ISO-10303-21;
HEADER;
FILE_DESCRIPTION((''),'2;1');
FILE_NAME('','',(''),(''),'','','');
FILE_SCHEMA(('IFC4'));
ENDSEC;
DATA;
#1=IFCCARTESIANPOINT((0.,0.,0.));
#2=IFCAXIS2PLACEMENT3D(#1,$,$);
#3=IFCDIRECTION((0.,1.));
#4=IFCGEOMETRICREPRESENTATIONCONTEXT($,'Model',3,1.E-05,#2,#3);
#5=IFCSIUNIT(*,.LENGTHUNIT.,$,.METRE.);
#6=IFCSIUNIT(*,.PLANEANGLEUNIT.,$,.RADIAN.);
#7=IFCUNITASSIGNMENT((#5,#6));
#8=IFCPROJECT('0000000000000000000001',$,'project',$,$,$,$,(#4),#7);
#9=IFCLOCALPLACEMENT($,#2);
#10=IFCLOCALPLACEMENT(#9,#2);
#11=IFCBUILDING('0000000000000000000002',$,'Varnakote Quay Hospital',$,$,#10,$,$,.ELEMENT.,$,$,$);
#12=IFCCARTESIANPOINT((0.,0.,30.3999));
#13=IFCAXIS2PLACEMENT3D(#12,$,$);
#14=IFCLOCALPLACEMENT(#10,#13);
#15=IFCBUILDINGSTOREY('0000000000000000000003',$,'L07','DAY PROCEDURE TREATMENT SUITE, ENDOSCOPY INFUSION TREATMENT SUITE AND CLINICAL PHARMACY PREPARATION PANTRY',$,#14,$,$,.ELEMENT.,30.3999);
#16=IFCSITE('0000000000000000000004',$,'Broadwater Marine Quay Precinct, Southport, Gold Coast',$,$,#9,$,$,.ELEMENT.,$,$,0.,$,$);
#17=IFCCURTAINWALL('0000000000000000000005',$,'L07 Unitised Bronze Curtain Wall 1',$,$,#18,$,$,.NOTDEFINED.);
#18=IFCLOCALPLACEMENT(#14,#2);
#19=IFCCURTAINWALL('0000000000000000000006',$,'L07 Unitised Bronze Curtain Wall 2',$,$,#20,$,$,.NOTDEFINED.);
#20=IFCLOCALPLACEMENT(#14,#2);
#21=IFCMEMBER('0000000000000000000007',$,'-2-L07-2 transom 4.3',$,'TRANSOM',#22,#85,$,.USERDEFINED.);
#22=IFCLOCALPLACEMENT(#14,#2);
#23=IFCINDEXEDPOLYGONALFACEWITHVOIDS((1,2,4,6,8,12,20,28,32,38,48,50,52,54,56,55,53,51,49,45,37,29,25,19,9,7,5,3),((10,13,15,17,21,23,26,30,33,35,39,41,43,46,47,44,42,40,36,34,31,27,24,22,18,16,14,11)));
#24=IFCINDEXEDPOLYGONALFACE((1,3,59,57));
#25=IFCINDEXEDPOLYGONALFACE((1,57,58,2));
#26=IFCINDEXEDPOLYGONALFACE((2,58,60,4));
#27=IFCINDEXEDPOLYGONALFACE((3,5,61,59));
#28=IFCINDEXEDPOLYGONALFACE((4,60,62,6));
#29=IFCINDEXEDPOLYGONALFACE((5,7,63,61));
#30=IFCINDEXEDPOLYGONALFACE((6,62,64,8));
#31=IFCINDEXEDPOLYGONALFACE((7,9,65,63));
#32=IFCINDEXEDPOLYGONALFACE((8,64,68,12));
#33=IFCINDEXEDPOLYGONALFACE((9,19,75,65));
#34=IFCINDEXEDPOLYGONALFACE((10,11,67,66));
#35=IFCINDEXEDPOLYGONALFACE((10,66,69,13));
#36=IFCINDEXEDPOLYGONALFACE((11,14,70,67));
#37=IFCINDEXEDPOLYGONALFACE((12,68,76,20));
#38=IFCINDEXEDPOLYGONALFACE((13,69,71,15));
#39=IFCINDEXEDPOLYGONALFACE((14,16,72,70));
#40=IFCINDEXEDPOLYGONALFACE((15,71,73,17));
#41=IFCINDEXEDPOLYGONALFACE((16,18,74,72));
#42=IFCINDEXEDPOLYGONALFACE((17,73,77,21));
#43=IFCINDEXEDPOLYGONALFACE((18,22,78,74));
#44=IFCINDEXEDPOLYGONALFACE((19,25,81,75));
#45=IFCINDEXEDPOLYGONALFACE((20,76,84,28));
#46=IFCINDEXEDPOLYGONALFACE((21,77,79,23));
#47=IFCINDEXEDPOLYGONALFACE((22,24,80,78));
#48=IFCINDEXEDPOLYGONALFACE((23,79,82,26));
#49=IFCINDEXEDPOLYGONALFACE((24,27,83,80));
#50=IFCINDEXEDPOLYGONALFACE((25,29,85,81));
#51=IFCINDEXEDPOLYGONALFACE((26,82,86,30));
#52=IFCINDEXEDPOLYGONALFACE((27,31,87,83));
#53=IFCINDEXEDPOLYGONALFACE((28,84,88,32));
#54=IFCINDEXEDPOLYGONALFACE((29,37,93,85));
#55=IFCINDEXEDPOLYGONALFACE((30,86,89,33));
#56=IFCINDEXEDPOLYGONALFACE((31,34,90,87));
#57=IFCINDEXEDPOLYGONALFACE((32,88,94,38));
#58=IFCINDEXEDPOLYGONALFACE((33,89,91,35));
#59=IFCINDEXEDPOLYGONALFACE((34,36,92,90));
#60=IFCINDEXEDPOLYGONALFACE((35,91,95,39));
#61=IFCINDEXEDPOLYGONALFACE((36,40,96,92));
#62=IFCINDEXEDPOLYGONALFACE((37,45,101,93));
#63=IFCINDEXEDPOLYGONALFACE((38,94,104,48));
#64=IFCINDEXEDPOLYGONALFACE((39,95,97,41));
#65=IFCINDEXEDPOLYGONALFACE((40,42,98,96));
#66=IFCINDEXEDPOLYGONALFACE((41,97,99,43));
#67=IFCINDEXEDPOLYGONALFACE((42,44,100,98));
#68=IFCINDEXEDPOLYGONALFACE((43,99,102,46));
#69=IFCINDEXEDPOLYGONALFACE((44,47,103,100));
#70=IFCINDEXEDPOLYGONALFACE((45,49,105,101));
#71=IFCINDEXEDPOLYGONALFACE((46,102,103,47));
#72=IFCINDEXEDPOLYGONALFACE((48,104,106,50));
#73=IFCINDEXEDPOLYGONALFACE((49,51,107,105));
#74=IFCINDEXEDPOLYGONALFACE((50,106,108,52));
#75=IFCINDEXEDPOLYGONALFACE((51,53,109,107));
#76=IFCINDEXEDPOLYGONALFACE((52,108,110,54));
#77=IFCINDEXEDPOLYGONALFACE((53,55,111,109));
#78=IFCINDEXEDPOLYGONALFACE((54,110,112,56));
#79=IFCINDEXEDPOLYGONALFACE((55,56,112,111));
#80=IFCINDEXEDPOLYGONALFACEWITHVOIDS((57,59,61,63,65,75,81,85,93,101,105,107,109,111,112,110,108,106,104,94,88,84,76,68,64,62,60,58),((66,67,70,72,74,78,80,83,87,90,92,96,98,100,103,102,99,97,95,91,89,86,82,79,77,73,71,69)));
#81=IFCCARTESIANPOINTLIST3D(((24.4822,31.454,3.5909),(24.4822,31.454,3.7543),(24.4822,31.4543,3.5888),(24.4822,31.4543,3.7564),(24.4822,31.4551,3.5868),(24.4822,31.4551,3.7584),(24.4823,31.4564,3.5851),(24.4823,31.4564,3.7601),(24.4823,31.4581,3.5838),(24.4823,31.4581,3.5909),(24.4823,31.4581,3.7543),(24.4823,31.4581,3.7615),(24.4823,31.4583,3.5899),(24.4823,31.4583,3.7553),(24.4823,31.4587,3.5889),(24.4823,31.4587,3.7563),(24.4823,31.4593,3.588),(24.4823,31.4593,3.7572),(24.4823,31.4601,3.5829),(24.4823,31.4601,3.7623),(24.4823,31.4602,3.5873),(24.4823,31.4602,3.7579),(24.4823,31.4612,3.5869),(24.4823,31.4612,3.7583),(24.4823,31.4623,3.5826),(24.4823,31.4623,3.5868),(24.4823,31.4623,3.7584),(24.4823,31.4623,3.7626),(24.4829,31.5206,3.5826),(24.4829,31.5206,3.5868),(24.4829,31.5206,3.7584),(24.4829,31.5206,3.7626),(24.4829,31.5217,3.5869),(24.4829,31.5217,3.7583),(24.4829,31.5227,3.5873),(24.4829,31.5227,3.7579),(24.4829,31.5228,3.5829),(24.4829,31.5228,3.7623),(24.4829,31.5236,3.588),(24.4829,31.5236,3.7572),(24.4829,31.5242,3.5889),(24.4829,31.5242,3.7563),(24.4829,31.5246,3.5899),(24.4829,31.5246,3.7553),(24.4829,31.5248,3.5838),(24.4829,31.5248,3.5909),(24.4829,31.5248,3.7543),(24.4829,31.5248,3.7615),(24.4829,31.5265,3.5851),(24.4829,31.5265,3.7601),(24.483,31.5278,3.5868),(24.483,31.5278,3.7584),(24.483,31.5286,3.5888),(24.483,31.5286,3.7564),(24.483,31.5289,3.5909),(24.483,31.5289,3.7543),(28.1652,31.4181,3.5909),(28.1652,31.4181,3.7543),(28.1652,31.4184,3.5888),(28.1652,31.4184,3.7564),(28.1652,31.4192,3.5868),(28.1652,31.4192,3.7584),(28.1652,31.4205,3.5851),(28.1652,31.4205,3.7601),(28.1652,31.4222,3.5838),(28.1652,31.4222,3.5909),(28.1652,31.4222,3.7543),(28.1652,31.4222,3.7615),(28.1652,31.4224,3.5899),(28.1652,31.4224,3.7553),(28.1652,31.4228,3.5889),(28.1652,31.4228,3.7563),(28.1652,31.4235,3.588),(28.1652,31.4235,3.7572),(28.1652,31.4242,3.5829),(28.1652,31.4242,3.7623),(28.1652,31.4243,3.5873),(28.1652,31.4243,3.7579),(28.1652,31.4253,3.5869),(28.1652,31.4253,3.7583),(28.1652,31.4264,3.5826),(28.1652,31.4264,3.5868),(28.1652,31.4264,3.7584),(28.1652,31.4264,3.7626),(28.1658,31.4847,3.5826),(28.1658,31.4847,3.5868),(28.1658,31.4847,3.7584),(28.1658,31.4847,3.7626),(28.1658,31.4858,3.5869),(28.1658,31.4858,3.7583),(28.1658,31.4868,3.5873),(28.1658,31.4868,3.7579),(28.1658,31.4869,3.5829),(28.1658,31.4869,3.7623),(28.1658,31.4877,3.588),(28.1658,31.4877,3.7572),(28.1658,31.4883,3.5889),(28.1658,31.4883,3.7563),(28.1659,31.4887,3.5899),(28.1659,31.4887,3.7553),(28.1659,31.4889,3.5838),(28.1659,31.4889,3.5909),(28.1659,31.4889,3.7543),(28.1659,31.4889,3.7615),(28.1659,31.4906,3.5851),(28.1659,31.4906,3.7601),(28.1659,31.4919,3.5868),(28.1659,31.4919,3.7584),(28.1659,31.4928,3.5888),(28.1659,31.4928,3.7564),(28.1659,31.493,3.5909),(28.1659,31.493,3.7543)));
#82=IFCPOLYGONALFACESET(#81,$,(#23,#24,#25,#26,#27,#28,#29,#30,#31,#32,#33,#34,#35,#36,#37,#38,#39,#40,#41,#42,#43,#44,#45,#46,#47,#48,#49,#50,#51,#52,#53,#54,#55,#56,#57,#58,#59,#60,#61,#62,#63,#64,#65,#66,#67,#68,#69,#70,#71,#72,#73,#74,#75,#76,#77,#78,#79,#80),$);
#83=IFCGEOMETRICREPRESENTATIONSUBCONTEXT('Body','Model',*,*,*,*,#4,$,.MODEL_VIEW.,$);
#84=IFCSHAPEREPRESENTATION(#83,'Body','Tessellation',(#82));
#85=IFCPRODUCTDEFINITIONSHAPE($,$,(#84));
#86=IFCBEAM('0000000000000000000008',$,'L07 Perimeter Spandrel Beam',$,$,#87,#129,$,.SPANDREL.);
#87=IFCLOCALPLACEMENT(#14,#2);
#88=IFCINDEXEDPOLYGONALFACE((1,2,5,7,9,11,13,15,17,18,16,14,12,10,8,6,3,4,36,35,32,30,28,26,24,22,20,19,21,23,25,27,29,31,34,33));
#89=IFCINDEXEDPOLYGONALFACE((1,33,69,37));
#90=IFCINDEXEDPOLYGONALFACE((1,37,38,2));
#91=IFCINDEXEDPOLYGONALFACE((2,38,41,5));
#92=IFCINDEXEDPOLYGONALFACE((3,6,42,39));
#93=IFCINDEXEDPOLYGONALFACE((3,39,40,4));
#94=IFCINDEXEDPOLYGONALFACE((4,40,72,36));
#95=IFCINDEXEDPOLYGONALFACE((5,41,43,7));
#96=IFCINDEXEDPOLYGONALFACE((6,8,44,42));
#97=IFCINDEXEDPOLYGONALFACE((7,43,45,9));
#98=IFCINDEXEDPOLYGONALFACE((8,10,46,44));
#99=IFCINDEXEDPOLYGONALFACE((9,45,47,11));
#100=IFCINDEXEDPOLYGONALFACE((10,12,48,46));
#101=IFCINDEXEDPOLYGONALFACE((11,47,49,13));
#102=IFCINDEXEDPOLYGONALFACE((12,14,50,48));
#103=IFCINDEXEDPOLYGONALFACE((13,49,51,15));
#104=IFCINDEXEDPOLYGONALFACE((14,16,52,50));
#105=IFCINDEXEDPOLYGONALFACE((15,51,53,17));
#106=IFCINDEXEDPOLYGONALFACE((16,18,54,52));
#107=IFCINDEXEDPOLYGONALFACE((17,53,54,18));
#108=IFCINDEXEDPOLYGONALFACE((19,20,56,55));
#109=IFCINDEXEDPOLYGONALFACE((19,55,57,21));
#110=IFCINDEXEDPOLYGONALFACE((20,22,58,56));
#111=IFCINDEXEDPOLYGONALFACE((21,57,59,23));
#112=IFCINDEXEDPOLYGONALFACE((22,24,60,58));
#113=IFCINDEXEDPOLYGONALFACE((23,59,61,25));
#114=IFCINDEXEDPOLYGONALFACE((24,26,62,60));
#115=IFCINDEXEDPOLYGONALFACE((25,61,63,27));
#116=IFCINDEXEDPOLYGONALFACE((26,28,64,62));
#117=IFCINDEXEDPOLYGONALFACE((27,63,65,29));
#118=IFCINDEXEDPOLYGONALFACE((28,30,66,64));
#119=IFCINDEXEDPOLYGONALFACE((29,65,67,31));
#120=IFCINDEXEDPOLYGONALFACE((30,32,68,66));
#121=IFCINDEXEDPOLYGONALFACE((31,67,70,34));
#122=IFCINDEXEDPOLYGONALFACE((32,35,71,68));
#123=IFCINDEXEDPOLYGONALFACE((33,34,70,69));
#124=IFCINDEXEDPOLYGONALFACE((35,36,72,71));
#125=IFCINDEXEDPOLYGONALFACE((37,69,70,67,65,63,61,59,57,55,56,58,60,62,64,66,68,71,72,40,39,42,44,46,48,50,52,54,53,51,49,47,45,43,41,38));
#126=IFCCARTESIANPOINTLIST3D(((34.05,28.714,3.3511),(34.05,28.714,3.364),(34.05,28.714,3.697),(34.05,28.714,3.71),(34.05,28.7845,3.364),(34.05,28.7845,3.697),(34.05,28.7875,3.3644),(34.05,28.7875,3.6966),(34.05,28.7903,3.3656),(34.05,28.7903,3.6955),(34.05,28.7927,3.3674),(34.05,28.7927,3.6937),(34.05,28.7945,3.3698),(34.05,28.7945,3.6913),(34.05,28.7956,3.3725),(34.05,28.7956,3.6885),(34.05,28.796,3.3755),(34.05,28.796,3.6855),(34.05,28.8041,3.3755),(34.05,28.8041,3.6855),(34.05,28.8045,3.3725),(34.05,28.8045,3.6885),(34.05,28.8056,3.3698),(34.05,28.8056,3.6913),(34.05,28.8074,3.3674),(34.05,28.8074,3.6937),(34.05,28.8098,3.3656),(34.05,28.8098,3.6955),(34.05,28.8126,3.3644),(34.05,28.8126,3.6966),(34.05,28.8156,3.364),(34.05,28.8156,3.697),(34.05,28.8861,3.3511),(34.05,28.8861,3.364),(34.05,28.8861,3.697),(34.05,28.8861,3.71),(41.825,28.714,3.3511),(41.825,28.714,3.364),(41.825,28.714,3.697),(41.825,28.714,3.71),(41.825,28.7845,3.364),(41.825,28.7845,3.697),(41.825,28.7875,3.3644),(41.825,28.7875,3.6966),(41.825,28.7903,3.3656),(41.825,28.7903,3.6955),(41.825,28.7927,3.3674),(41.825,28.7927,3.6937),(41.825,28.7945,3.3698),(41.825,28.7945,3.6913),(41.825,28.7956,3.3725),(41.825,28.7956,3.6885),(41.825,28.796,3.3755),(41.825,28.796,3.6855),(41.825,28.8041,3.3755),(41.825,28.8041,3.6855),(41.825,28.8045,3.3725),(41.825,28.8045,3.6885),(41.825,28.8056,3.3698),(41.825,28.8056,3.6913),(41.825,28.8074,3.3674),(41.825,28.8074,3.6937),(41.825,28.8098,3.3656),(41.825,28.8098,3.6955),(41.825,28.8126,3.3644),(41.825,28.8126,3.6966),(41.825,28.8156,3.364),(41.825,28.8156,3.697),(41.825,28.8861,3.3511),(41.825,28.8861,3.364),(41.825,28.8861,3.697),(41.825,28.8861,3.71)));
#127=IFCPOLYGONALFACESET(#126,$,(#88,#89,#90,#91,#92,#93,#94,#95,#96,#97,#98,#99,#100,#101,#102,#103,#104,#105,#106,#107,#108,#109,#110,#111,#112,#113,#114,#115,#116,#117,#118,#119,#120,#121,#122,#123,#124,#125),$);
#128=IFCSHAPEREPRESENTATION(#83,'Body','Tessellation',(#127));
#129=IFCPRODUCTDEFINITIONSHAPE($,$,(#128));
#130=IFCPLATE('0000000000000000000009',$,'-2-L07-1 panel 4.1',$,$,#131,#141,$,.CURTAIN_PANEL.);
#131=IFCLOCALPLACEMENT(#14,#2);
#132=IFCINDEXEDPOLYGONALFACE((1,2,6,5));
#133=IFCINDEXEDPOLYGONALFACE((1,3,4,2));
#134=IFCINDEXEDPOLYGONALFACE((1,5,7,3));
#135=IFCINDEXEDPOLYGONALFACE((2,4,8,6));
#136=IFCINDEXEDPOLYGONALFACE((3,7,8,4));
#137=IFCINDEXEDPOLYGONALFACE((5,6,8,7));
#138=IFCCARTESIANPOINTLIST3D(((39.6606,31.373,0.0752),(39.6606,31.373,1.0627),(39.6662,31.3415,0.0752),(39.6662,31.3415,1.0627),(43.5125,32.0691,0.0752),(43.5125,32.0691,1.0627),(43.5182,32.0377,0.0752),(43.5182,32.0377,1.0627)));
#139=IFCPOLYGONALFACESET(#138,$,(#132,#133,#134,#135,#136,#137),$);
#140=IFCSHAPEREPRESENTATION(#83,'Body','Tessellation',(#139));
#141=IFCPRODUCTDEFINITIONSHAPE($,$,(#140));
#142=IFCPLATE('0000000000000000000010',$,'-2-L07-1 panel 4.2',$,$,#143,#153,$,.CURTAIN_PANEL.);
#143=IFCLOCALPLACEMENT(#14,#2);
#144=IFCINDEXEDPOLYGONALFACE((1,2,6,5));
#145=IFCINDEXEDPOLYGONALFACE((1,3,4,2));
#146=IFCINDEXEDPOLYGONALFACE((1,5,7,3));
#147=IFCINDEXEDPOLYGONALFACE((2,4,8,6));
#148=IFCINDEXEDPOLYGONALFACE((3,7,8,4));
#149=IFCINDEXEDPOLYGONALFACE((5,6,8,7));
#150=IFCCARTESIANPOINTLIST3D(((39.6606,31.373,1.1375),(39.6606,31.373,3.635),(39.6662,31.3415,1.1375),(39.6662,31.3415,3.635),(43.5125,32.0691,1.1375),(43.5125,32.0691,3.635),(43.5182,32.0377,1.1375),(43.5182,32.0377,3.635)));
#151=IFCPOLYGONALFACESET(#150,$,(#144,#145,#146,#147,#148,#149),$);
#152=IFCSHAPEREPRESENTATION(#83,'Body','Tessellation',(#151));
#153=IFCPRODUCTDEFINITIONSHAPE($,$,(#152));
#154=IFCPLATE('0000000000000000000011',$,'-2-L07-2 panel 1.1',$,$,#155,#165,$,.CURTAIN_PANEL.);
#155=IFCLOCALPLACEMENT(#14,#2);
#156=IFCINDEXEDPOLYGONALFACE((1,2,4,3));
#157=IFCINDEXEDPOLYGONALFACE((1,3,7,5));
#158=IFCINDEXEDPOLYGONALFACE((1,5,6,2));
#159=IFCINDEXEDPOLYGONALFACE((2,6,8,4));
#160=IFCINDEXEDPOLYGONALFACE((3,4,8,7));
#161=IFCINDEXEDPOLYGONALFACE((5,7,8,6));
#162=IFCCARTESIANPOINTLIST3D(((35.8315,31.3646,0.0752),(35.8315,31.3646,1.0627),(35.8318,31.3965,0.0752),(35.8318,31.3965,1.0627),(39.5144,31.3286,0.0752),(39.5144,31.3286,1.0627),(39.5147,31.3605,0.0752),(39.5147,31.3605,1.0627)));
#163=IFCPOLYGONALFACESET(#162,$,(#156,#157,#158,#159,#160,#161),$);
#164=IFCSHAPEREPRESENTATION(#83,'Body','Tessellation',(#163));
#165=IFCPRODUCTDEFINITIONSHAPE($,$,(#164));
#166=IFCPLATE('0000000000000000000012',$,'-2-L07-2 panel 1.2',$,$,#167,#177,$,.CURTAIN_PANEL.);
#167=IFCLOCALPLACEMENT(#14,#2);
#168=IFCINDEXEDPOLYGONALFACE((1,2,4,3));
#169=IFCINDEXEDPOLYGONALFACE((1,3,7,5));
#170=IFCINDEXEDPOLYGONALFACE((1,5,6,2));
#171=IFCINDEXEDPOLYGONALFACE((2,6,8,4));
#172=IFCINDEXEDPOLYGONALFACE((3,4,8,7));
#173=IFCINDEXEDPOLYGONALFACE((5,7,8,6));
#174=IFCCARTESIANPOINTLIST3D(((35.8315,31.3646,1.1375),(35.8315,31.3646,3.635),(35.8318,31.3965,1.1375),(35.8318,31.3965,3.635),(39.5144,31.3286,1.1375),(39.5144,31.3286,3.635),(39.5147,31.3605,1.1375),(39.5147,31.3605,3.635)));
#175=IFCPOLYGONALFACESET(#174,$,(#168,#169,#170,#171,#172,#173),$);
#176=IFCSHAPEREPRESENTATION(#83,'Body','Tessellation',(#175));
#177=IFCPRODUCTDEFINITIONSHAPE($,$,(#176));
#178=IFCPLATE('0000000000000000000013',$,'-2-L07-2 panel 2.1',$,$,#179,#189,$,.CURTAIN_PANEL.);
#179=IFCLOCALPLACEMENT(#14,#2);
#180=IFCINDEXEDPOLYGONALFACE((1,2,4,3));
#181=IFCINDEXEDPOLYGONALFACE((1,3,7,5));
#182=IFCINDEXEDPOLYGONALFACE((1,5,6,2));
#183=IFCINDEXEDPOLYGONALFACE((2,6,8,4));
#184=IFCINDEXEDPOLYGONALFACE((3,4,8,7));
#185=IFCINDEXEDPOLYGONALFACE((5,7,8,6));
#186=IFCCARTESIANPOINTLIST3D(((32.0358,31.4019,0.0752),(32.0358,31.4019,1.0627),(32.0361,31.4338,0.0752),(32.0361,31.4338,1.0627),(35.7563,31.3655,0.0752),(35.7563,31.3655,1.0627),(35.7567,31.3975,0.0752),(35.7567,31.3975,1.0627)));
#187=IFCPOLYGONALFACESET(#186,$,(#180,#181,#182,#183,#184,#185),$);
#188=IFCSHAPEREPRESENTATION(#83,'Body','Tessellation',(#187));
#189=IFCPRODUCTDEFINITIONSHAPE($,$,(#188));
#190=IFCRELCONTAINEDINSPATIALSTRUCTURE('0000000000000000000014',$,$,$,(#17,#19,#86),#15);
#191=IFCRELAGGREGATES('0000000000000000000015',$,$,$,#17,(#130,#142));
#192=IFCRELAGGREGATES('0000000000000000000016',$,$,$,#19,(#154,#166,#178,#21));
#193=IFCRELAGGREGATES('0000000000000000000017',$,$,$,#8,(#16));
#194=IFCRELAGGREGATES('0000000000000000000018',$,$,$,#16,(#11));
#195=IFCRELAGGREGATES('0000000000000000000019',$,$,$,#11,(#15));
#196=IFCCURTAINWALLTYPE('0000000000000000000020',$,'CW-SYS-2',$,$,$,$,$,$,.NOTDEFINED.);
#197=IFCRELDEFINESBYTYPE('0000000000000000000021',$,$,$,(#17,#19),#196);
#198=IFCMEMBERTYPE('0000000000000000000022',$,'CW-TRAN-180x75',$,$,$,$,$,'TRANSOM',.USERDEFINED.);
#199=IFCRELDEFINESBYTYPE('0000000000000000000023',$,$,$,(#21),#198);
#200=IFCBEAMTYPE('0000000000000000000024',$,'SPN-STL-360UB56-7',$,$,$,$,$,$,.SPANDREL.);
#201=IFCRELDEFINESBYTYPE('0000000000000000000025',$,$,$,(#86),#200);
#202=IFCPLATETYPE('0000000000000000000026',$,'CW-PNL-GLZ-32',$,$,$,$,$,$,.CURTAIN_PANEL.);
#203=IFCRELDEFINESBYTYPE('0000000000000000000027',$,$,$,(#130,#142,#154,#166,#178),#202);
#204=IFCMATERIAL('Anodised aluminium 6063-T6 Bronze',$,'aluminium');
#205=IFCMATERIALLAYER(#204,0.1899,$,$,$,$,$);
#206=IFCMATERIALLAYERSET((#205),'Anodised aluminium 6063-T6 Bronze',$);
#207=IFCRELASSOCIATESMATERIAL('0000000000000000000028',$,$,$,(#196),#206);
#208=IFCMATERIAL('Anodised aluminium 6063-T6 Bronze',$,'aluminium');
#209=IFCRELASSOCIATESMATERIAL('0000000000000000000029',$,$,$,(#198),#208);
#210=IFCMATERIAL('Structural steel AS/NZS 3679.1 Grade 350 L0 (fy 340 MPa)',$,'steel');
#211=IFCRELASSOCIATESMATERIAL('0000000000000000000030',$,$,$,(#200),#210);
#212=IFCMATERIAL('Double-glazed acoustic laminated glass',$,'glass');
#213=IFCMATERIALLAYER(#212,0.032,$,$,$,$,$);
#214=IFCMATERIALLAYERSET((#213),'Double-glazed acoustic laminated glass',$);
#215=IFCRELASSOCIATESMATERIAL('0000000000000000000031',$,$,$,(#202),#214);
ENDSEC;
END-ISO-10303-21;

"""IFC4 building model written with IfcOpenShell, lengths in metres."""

from ifc_helpers import new_model, si_unit, direction, frame, origin, origin_2d, place, context, subcontext, project, spatial, rectangle, hollow_rectangle, i_section, extrude, material, layer, layer_set, material_profile, profile_set, type_object, element, aggregate, save


model = new_model("IFC4")

# Units and contexts
model_context = context("Model", 3, precision=1e-05, world=origin(), true_north=direction((0.0, 1.0)))
body_context = subcontext(model_context, "Body", "Model", "MODEL_VIEW")
ifc_project = project(units=[si_unit("LENGTHUNIT", "METRE"), si_unit("PLANEANGLEUNIT", "RADIAN")], contexts=[model_context])

# Site, building, storey
site_placement = place(None, origin())
site = spatial("IfcSite", under=ifc_project, at=site_placement, Name="Broadwater Marine Quay Precinct, Southport, Gold Coast", CompositionType="ELEMENT", RefElevation=0.0)
building_placement = place(site_placement, origin())
building = spatial("IfcBuilding", under=site, at=building_placement, Name="Varnakote Quay Hospital", CompositionType="ELEMENT")
storey_placement = place(building_placement, frame((0.0, 0.0, 30.3999)))
storey = spatial("IfcBuildingStorey", under=building, at=storey_placement, Name="L07", Description="DAY PROCEDURE TREATMENT SUITE, ENDOSCOPY INFUSION TREATMENT SUITE AND CLINICAL PHARMACY PREPARATION PANTRY", CompositionType="ELEMENT", Elevation=30.3999)

# Curtain wall
ifc_material_1 = material(Name="Anodised aluminium 6063-T6 Bronze", Category="aluminium")
ifc_layer_1 = layer(ifc_material_1, 0.1899)
ifc_layer_set_1 = layer_set([ifc_layer_1], Name="Anodised aluminium 6063-T6 Bronze")
curtain_wall_type = type_object("IfcCurtainWallType", Name="CW-SYS-2", PredefinedType="NOTDEFINED", material=ifc_layer_set_1)
curtain_wall_1_placement = place(storey_placement, origin())
curtain_wall_1 = element("IfcCurtainWall", 1, at=curtain_wall_1_placement, inside=storey, type_object=curtain_wall_type, Name="L07 Unitised Bronze Curtain Wall 1", PredefinedType="NOTDEFINED")

# Curtain wall, member
curtain_wall_2_placement = place(storey_placement, origin())
curtain_wall_2 = element("IfcCurtainWall", 2, at=curtain_wall_2_placement, inside=storey, type_object=curtain_wall_type, Name="L07 Unitised Bronze Curtain Wall 2", PredefinedType="NOTDEFINED")
ifc_material_2 = material(Name="Anodised aluminium 6063-T6 Bronze", Category="aluminium")
ifc_material_profile_1 = material_profile(ifc_material_2, hollow_rectangle(XDim=0.075, YDim=0.1799, WallThickness=0.0042, InnerFilletRadius=0.0042, OuterFilletRadius=0.0083, at=origin_2d()), Name="CW-TRAN-180x75")
ifc_profile_set_1 = profile_set([ifc_material_profile_1], Name="Anodised aluminium 6063-T6 Bronze")
member_type_1 = type_object("IfcMemberType", Name="CW-TRAN-180x75", ElementType="TRANSOM", PredefinedType="USERDEFINED", material=ifc_profile_set_1)
member_1_placement = place(storey_placement, frame((28.1655, 31.4556, 3.6726), z_axis=(-0.999953, 0.009744, 0.0), x_axis=(-0.009744, -0.999953, 0.0)))
member_1 = element("IfcMember", 3, at=member_1_placement, type_object=member_type_1, Name="-2-L07-2 transom 4.3", ObjectType="TRANSOM", PredefinedType="USERDEFINED", context=body_context, shape_type="SweptSolid", body=[
    extrude(hollow_rectangle(XDim=0.075, YDim=0.1799, WallThickness=0.0042, InnerFilletRadius=0.0042, OuterFilletRadius=0.0083, at=origin_2d()), origin(), (0.0, 0.0, 1.0), 3.6831),
])

# Beam
ifc_material_3 = material(Name="Structural steel AS/NZS 3679.1 Grade 350 L0 (fy 340 MPa)", Category="steel")
ifc_material_profile_2 = material_profile(ifc_material_3, i_section(OverallWidth=0.1721, OverallDepth=0.3589, WebThickness=0.0081, FlangeThickness=0.0129, FilletRadius=0.0115, at=origin_2d()), Name="360UB56.7")
ifc_profile_set_2 = profile_set([ifc_material_profile_2], Name="Structural steel AS/NZS 3679.1 Grade 350 L0 (fy 340 MPa)")
beam_type = type_object("IfcBeamType", Name="SPN-STL-360UB56-7", PredefinedType="SPANDREL", material=ifc_profile_set_2)
beam_placement = place(storey_placement, frame((34.05, 28.8, 3.5305), z_axis=(1.0, 0.0, 0.0), x_axis=(0.0, 1.0, 0.0)))
element("IfcBeam", 4, at=beam_placement, inside=storey, type_object=beam_type, Name="L07 Perimeter Spandrel Beam", PredefinedType="SPANDREL", context=body_context, shape_type="SweptSolid", body=[
    extrude(i_section(OverallWidth=0.1721, OverallDepth=0.3589, WebThickness=0.0081, FlangeThickness=0.0129, FilletRadius=0.0115, at=origin_2d()), origin(), (0.0, 0.0, 1.0), 7.7749),
])

# Plates
ifc_material_4 = material(Name="Double-glazed acoustic laminated glass", Category="glass")
ifc_layer_2 = layer(ifc_material_4, 0.032)
ifc_layer_set_2 = layer_set([ifc_layer_2], Name="Double-glazed acoustic laminated glass")
plate_type = type_object("IfcPlateType", Name="CW-PNL-GLZ-32", PredefinedType="CURTAIN_PANEL", material=ifc_layer_set_2)
plate_1_placement = place(storey_placement, frame((41.5894, 31.7053, 0.0752), z_axis=(0.0, 0.0, 1.0), x_axis=(-0.984058, -0.177846, 0.0)))
plate_1 = element("IfcPlate", 5, at=plate_1_placement, type_object=plate_type, Name="-2-L07-1 panel 4.1", PredefinedType="CURTAIN_PANEL", context=body_context, shape_type="SweptSolid", body=[
    extrude(rectangle(XDim=3.9143, YDim=0.032, at=origin_2d()), origin(), (0.0, 0.0, 1.0), 0.9875),
])
plate_2_placement = place(storey_placement, frame((41.5894, 31.7053, 1.1375), z_axis=(0.0, 0.0, 1.0), x_axis=(-0.984058, -0.177846, 0.0)))
plate_2 = element("IfcPlate", 6, at=plate_2_placement, type_object=plate_type, Name="-2-L07-1 panel 4.2", PredefinedType="CURTAIN_PANEL", context=body_context, shape_type="SweptSolid", body=[
    extrude(rectangle(XDim=3.9143, YDim=0.032, at=origin_2d()), origin(), (0.0, 0.0, 1.0), 2.4976),
])
aggregate(curtain_wall_1, [plate_1, plate_2])
plate_3_placement = place(storey_placement, frame((37.6731, 31.3625, 0.0752), z_axis=(0.0, 0.0, 1.0), x_axis=(-0.999952, 0.009774, 0.0)))
plate_3 = element("IfcPlate", 7, at=plate_3_placement, type_object=plate_type, Name="-2-L07-2 panel 1.1", PredefinedType="CURTAIN_PANEL", context=body_context, shape_type="SweptSolid", body=[
    extrude(rectangle(XDim=3.6831, YDim=0.032, at=origin_2d()), origin(), (0.0, 0.0, 1.0), 0.9875),
])
plate_4_placement = place(storey_placement, frame((37.6731, 31.3625, 1.1375), z_axis=(0.0, 0.0, 1.0), x_axis=(-0.999952, 0.009774, 0.0)))
plate_4 = element("IfcPlate", 8, at=plate_4_placement, type_object=plate_type, Name="-2-L07-2 panel 1.2", PredefinedType="CURTAIN_PANEL", context=body_context, shape_type="SweptSolid", body=[
    extrude(rectangle(XDim=3.6831, YDim=0.032, at=origin_2d()), origin(), (0.0, 0.0, 1.0), 2.4976),
])
plate_5_placement = place(storey_placement, frame((33.8962, 31.3997, 0.0752), z_axis=(0.0, 0.0, 1.0), x_axis=(-0.999952, 0.009774, 0.0)))
plate_5 = element("IfcPlate", 9, at=plate_5_placement, type_object=plate_type, Name="-2-L07-2 panel 2.1", PredefinedType="CURTAIN_PANEL", context=body_context, shape_type="SweptSolid", body=[
    extrude(rectangle(XDim=3.7207, YDim=0.032, at=origin_2d()), origin(), (0.0, 0.0, 1.0), 0.9875),
])
aggregate(curtain_wall_2, [plate_3, plate_4, plate_5, member_1])

save(model, "model.ifc")
